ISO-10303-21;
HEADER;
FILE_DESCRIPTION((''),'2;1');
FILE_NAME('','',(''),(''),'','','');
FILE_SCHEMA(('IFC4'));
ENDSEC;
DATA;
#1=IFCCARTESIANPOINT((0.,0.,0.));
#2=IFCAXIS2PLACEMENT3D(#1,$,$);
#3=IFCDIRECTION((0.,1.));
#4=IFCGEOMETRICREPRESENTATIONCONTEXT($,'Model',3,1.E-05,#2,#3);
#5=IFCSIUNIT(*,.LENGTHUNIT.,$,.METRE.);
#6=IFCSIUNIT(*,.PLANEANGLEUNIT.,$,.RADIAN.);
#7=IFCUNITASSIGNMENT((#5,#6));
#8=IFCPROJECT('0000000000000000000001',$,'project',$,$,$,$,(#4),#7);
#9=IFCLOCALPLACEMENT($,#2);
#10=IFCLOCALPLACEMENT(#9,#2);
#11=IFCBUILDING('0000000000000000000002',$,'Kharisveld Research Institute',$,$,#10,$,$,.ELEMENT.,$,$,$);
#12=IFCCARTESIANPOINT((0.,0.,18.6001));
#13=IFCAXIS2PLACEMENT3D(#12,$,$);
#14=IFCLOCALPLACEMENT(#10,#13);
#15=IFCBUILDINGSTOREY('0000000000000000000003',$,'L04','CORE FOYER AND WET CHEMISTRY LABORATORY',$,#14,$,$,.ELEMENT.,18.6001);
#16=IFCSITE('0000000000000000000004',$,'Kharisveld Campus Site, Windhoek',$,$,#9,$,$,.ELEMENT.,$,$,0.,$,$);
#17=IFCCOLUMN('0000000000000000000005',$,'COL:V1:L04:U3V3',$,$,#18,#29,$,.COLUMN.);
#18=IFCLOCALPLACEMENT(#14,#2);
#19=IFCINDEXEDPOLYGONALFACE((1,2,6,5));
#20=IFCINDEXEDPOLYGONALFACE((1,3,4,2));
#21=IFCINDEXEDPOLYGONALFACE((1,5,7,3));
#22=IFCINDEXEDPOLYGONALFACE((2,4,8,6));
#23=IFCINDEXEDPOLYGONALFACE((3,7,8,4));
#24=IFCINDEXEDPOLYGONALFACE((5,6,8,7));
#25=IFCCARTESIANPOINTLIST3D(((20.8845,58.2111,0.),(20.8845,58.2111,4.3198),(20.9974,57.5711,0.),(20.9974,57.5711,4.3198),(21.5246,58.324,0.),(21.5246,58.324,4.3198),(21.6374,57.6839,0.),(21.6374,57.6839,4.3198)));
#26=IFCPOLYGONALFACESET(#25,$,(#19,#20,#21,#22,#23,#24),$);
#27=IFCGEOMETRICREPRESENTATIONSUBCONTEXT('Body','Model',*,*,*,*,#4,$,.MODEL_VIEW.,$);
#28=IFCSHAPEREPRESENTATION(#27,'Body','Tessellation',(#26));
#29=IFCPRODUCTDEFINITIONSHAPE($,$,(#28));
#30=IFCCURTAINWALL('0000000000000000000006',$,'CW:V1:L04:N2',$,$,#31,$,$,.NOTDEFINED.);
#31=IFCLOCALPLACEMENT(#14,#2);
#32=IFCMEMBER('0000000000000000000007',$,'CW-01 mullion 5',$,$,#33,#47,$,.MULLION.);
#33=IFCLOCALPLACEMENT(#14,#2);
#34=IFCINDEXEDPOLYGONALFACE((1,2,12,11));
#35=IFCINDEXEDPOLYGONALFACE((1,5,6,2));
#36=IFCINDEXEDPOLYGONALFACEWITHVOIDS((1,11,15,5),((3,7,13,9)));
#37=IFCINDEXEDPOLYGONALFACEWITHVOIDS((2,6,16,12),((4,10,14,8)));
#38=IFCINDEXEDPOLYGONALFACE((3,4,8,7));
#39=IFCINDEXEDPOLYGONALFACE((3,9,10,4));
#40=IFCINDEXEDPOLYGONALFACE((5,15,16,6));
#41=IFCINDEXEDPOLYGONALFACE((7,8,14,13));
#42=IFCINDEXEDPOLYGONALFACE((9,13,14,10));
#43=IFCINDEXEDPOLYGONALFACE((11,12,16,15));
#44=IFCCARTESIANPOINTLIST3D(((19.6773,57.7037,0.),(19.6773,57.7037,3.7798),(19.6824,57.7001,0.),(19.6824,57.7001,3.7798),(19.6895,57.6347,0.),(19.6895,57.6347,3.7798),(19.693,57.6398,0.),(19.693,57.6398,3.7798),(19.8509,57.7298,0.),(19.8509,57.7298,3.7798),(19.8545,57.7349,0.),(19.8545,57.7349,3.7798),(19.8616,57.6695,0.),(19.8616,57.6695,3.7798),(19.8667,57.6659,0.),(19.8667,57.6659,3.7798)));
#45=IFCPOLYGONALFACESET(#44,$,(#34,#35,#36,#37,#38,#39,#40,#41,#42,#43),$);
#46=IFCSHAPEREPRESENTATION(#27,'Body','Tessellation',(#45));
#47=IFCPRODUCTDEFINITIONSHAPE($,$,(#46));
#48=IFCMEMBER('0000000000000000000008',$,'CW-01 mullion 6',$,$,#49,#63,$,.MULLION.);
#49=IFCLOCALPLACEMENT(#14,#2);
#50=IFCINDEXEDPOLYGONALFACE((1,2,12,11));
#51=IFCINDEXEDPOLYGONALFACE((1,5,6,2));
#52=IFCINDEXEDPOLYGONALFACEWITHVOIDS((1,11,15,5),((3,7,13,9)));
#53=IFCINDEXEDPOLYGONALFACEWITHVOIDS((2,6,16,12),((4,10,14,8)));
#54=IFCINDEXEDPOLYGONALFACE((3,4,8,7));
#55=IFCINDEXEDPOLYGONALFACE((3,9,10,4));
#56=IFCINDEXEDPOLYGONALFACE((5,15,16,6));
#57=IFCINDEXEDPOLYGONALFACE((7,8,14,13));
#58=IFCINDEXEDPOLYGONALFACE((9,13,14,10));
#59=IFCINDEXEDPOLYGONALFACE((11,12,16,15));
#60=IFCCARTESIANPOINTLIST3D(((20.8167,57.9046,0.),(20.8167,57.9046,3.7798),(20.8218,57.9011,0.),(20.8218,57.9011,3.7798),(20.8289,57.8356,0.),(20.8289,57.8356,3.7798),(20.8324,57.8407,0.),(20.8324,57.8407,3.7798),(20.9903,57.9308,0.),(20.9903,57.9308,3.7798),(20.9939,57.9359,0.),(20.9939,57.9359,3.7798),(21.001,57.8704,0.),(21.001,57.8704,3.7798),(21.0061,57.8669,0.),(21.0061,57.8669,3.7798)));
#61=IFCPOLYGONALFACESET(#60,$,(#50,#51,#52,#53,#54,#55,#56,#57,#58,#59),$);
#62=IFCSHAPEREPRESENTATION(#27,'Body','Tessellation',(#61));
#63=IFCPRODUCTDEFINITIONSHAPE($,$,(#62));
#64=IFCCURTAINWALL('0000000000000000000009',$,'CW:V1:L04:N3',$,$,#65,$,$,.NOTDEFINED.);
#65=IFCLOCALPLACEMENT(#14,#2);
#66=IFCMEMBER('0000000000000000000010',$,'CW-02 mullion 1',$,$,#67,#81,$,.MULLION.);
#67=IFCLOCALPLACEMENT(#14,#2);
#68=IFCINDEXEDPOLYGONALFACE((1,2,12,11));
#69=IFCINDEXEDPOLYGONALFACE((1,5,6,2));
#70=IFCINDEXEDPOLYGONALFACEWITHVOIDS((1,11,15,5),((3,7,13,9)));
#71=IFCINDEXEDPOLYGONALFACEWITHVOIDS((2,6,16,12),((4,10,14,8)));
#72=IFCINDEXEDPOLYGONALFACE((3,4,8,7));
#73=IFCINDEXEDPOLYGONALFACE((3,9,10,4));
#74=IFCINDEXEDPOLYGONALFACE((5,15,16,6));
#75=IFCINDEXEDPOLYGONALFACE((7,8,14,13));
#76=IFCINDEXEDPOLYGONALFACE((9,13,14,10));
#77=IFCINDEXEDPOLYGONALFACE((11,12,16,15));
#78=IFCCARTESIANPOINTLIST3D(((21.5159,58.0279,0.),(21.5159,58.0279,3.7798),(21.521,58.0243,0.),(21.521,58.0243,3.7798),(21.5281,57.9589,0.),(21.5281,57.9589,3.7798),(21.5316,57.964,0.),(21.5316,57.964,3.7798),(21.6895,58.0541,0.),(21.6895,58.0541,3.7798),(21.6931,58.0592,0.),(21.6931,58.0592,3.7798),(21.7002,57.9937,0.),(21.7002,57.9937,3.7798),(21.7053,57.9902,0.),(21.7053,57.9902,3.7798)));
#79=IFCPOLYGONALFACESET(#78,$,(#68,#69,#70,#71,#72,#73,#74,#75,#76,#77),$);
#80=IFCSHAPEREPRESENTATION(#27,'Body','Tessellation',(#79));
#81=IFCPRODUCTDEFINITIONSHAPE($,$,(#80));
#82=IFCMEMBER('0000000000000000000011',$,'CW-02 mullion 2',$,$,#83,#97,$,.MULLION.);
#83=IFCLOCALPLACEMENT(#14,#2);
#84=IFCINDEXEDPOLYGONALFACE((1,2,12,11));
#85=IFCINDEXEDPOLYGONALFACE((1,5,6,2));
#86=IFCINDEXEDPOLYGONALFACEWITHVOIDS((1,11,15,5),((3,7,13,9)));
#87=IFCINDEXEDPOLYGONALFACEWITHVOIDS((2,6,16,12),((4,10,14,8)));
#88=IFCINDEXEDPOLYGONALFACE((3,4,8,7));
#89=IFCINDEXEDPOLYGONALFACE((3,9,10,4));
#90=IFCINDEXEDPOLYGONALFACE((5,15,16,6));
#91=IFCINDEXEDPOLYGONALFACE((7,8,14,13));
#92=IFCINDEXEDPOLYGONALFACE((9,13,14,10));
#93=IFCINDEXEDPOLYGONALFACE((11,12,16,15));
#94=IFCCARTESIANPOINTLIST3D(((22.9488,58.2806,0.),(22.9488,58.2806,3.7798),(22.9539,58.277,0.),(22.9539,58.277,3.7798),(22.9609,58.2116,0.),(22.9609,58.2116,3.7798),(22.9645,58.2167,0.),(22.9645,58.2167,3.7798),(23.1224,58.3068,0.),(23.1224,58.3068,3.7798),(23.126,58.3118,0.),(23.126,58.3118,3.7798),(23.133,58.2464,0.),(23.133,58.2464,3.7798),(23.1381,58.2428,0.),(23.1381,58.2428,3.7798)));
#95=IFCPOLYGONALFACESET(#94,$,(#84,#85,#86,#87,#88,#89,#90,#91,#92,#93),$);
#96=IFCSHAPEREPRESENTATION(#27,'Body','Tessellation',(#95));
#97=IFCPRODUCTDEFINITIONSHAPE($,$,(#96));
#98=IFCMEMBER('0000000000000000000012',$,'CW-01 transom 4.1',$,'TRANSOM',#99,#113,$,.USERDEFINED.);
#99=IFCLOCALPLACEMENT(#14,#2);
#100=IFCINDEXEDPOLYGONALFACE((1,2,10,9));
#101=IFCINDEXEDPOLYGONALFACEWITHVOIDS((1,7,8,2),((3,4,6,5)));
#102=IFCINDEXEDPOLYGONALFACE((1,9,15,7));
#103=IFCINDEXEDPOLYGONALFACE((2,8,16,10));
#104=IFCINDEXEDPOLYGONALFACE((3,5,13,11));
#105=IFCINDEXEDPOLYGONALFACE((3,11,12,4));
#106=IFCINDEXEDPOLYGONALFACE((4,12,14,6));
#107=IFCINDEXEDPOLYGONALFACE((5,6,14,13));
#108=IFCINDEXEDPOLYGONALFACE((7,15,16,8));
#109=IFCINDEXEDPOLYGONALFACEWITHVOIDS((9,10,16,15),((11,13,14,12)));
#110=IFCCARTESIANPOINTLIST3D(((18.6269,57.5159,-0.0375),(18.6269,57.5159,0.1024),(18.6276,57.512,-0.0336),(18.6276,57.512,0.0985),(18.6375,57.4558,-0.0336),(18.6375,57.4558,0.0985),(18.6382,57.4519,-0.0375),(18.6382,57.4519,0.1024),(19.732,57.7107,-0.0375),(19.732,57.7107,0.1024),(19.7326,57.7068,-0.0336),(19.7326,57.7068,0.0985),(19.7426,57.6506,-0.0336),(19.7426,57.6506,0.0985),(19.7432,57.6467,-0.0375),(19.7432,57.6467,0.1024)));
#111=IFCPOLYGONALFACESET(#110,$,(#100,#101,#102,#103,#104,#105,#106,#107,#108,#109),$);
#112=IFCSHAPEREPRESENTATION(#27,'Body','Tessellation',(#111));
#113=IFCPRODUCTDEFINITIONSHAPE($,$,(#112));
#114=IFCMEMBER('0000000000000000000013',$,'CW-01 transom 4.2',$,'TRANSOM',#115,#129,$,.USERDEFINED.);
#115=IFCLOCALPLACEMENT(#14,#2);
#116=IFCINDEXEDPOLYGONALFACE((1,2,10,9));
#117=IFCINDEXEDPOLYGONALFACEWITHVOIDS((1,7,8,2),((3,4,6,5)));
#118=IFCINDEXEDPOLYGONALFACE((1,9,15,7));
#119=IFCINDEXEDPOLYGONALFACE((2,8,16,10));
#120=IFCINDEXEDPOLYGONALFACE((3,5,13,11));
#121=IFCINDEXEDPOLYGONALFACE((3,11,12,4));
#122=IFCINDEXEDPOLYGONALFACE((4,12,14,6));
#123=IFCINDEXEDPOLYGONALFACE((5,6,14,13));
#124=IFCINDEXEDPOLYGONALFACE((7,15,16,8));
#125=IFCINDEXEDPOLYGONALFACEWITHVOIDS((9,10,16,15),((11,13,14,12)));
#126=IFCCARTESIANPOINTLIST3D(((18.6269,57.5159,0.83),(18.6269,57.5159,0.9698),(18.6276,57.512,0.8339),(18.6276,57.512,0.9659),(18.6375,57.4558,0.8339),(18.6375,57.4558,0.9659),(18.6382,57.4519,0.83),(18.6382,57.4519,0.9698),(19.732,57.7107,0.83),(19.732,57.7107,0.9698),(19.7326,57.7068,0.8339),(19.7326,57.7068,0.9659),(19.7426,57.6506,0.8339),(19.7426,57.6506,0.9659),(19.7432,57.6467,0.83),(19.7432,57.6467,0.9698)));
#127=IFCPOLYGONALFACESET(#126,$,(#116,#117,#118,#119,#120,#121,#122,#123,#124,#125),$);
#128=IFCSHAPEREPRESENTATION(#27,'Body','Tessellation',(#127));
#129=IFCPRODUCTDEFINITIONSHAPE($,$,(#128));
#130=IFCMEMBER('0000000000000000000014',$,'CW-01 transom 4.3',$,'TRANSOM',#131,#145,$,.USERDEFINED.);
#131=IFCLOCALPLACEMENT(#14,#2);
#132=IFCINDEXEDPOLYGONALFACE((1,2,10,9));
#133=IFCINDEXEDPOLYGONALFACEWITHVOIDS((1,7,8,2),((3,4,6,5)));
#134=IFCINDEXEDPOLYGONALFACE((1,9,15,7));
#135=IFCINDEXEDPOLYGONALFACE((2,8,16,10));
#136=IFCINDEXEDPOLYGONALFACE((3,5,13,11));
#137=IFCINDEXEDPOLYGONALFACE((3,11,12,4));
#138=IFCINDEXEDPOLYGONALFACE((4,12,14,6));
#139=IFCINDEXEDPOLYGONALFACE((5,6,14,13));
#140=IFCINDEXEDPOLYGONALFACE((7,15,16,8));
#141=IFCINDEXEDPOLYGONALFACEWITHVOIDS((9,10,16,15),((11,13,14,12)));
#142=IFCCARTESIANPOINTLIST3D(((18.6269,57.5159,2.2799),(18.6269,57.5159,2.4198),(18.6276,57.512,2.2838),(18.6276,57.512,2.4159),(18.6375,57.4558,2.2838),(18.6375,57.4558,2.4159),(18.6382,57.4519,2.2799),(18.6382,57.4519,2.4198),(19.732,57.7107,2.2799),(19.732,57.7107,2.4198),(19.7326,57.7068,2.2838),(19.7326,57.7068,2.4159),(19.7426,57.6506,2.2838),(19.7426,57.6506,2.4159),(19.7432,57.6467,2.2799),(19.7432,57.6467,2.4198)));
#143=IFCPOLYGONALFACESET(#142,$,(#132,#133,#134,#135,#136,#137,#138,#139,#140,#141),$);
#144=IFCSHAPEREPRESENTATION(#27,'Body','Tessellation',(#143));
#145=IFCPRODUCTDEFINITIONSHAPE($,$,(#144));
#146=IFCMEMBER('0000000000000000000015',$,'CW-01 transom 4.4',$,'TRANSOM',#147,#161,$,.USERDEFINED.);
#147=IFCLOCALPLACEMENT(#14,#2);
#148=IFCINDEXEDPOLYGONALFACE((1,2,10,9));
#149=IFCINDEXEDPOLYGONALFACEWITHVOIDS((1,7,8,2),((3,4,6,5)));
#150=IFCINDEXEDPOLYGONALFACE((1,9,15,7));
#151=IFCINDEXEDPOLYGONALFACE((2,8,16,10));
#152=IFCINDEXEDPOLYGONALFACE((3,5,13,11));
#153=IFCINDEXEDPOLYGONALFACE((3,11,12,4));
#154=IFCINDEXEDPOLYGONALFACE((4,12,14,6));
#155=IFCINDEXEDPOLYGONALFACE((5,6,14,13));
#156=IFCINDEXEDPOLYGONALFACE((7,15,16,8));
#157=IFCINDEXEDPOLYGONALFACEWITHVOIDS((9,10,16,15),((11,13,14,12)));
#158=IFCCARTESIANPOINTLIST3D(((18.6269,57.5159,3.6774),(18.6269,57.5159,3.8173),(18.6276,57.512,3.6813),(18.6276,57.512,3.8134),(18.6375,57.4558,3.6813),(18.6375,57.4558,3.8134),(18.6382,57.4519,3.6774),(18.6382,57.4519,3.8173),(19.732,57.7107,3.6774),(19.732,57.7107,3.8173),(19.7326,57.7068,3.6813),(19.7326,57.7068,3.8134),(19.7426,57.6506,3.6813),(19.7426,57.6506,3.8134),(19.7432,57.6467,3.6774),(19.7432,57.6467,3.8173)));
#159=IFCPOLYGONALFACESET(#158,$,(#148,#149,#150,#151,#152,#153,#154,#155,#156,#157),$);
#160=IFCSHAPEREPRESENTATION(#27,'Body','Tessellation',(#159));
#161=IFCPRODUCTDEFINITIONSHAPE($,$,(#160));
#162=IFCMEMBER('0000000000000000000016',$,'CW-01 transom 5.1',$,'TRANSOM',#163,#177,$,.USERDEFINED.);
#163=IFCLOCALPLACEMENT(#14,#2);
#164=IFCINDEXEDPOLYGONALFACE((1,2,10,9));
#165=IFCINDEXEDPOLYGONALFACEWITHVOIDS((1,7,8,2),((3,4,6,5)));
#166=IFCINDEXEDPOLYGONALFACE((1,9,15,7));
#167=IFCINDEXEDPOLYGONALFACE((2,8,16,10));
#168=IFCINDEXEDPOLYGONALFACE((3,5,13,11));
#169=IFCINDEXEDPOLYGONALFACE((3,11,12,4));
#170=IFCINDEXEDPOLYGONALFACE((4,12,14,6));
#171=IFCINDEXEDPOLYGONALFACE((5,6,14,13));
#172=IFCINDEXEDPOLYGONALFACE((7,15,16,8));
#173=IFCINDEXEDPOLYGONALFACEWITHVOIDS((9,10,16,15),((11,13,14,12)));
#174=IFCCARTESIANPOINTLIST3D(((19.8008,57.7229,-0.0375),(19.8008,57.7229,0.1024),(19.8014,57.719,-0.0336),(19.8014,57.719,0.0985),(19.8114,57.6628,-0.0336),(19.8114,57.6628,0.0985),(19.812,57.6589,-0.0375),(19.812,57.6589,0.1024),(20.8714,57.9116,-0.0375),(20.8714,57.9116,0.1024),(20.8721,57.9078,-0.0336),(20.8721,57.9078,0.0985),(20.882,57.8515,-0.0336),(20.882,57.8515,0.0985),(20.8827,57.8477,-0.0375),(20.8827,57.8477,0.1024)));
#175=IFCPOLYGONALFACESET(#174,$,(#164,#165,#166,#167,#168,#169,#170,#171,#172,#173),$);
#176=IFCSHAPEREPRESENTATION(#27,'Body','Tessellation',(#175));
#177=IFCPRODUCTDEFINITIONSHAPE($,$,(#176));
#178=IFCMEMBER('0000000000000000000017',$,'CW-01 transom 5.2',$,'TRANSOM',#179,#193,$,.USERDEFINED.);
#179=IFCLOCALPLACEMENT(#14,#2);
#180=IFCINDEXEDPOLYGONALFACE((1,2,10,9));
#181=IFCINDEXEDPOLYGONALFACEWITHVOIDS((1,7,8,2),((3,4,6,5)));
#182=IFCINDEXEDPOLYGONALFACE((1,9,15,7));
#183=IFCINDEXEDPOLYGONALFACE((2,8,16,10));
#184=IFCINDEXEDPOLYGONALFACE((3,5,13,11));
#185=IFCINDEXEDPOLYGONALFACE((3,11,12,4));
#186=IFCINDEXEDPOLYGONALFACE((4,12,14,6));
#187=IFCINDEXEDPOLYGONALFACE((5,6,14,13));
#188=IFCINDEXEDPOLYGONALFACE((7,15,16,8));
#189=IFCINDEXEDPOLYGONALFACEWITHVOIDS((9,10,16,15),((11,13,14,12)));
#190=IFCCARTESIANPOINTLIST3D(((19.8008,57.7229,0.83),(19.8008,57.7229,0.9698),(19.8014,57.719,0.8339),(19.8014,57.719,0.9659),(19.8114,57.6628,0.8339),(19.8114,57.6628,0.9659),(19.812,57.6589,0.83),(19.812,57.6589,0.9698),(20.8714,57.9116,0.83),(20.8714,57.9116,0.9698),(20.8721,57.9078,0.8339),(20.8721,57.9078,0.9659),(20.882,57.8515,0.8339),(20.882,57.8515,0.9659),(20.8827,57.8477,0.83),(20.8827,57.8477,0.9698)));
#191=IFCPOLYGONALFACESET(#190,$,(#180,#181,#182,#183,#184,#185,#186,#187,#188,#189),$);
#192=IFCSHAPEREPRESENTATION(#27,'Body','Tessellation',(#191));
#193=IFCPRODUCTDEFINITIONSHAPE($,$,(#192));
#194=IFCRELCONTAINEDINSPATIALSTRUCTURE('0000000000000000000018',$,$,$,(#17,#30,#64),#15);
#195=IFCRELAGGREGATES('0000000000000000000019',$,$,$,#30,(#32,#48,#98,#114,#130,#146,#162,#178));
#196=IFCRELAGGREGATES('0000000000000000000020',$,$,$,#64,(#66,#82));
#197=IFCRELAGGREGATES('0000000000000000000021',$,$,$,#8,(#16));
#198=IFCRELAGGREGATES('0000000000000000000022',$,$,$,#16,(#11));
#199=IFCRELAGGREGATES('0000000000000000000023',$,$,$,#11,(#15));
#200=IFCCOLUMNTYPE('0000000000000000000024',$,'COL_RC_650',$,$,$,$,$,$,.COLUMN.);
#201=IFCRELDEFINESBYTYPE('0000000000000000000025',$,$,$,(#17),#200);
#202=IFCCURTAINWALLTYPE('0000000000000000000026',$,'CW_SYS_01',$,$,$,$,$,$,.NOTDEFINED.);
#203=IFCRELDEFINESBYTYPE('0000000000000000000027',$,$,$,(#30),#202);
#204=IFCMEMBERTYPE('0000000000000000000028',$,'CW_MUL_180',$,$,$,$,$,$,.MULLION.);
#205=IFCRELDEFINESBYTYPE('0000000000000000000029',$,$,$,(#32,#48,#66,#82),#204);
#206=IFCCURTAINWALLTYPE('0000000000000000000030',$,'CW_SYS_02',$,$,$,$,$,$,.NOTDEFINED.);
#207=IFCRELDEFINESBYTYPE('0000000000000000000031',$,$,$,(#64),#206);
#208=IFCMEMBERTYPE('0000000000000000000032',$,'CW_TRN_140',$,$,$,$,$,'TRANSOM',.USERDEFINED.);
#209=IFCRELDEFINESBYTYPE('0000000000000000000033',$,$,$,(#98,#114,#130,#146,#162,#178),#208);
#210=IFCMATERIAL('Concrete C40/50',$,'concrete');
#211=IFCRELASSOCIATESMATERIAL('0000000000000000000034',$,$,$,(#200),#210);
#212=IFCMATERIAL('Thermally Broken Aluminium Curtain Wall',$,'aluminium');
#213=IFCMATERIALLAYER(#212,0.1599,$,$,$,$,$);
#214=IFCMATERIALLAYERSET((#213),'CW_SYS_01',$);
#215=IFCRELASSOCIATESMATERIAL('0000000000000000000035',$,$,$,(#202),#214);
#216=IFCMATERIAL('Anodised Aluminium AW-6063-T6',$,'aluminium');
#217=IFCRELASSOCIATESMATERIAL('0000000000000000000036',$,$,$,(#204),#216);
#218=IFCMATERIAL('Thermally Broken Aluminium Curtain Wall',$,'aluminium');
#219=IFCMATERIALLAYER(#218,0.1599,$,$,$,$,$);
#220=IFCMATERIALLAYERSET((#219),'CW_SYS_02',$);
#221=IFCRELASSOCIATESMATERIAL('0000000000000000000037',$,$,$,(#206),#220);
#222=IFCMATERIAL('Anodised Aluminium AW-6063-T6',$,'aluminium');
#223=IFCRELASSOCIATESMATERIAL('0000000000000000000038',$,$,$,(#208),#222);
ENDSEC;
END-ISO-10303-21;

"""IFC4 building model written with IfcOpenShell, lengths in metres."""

from ifc_helpers import new_model, si_unit, direction, frame, origin, origin_2d, place, context, subcontext, project, spatial, rectangle, hollow_rectangle, extrude, material, layer, layer_set, material_profile, profile_set, type_object, element, aggregate, save


model = new_model("IFC4")

# Units and contexts
model_context = context("Model", 3, precision=1e-05, world=origin(), true_north=direction((0.0, 1.0)))
body_context = subcontext(model_context, "Body", "Model", "MODEL_VIEW")
ifc_project = project(units=[si_unit("LENGTHUNIT", "METRE"), si_unit("PLANEANGLEUNIT", "RADIAN")], contexts=[model_context])

# Site, building, storey
site_placement = place(None, origin())
site = spatial("IfcSite", under=ifc_project, at=site_placement, Name="Kharisveld Campus Site, Windhoek", CompositionType="ELEMENT", RefElevation=0.0)
building_placement = place(site_placement, origin())
building = spatial("IfcBuilding", under=site, at=building_placement, Name="Kharisveld Research Institute", CompositionType="ELEMENT")
storey_placement = place(building_placement, frame((0.0, 0.0, 18.6001)))
storey = spatial("IfcBuildingStorey", under=building, at=storey_placement, Name="L04", Description="CORE FOYER AND WET CHEMISTRY LABORATORY", CompositionType="ELEMENT", Elevation=18.6001)

# Column
ifc_material_1 = material(Name="Concrete C40/50", Category="concrete")
ifc_material_profile_1 = material_profile(ifc_material_1, rectangle(XDim=0.6499, YDim=0.6499, at=origin_2d()))
ifc_profile_set_1 = profile_set([ifc_material_profile_1], Name="Concrete C40/50")
column_type = type_object("IfcColumnType", Name="COL_RC_650", PredefinedType="COLUMN", material=ifc_profile_set_1)
column_placement = place(storey_placement, frame((21.261, 57.9475, 0.0), z_axis=(0.0, 0.0, 1.0), x_axis=(0.984808, 0.173648, 0.0)))
element("IfcColumn", 1, at=column_placement, inside=storey, type_object=column_type, Name="COL:V1:L04:U3V3", PredefinedType="COLUMN", context=body_context, shape_type="SweptSolid", body=[
    extrude(rectangle(XDim=0.6499, YDim=0.6499, at=origin_2d()), origin(), (0.0, 0.0, 1.0), 4.3198),
])

# Curtain walls, members
ifc_material_2 = material(Name="Thermally Broken Aluminium Curtain Wall", Category="aluminium")
ifc_layer_1 = layer(ifc_material_2, 0.1599)
ifc_layer_set_1 = layer_set([ifc_layer_1], Name="CW_SYS_01")
curtain_wall_type_1 = type_object("IfcCurtainWallType", Name="CW_SYS_01", PredefinedType="NOTDEFINED", material=ifc_layer_set_1)
curtain_wall_1_placement = place(storey_placement, origin())
curtain_wall_1 = element("IfcCurtainWall", 2, at=curtain_wall_1_placement, inside=storey, type_object=curtain_wall_type_1, Name="CW:V1:L04:N2", PredefinedType="NOTDEFINED")
ifc_material_3 = material(Name="Anodised Aluminium AW-6063-T6", Category="aluminium")
ifc_material_profile_2 = material_profile(ifc_material_3, hollow_rectangle(XDim=0.0701, YDim=0.1799, WallThickness=0.0044, at=origin_2d()))
ifc_profile_set_2 = profile_set([ifc_material_profile_2], Name="Anodised Aluminium AW-6063-T6")
member_type_1 = type_object("IfcMemberType", Name="CW_MUL_180", PredefinedType="MULLION", material=ifc_profile_set_2)
member_1_placement = place(storey_placement, frame((19.772, 57.6848, 0.0), z_axis=(0.0, 0.0, 1.0), x_axis=(-0.173648, 0.984808, 0.0)))
member_1 = element("IfcMember", 3, at=member_1_placement, type_object=member_type_1, Name="CW-01 mullion 5", PredefinedType="MULLION", context=body_context, shape_type="SweptSolid", body=[
    extrude(hollow_rectangle(XDim=0.0701, YDim=0.1799, WallThickness=0.0044, at=origin_2d()), origin(), (0.0, 0.0, 1.0), 3.7798),
])
member_2_placement = place(storey_placement, frame((20.9114, 57.8857, 0.0), z_axis=(0.0, 0.0, 1.0), x_axis=(-0.173648, 0.984808, 0.0)))
member_2 = element("IfcMember", 4, at=member_2_placement, type_object=member_type_1, Name="CW-01 mullion 6", PredefinedType="MULLION", context=body_context, shape_type="SweptSolid", body=[
    extrude(hollow_rectangle(XDim=0.0701, YDim=0.1799, WallThickness=0.0044, at=origin_2d()), origin(), (0.0, 0.0, 1.0), 3.7798),
])
ifc_material_4 = material(Name="Thermally Broken Aluminium Curtain Wall", Category="aluminium")
ifc_layer_2 = layer(ifc_material_4, 0.1599)
ifc_layer_set_2 = layer_set([ifc_layer_2], Name="CW_SYS_02")
curtain_wall_type_2 = type_object("IfcCurtainWallType", Name="CW_SYS_02", PredefinedType="NOTDEFINED", material=ifc_layer_set_2)
curtain_wall_2_placement = place(storey_placement, origin())
curtain_wall_2 = element("IfcCurtainWall", 5, at=curtain_wall_2_placement, inside=storey, type_object=curtain_wall_type_2, Name="CW:V1:L04:N3", PredefinedType="NOTDEFINED")
member_3_placement = place(storey_placement, frame((21.6106, 58.009, 0.0), z_axis=(0.0, 0.0, 1.0), x_axis=(-0.173648, 0.984808, 0.0)))
member_3 = element("IfcMember", 6, at=member_3_placement, type_object=member_type_1, Name="CW-02 mullion 1", PredefinedType="MULLION", context=body_context, shape_type="SweptSolid", body=[
    extrude(hollow_rectangle(XDim=0.0701, YDim=0.1799, WallThickness=0.0044, at=origin_2d()), origin(), (0.0, 0.0, 1.0), 3.7798),
])
member_4_placement = place(storey_placement, frame((23.0435, 58.2617, 0.0), z_axis=(0.0, 0.0, 1.0), x_axis=(-0.173648, 0.984808, 0.0)))
member_4 = element("IfcMember", 7, at=member_4_placement, type_object=member_type_1, Name="CW-02 mullion 2", PredefinedType="MULLION", context=body_context, shape_type="SweptSolid", body=[
    extrude(hollow_rectangle(XDim=0.0701, YDim=0.1799, WallThickness=0.0044, at=origin_2d()), origin(), (0.0, 0.0, 1.0), 3.7798),
])

# Members
ifc_material_5 = material(Name="Anodised Aluminium AW-6063-T6", Category="aluminium")
ifc_material_profile_3 = material_profile(ifc_material_5, hollow_rectangle(XDim=0.0649, YDim=0.1399, WallThickness=0.0039, at=origin_2d()))
ifc_profile_set_3 = profile_set([ifc_material_profile_3], Name="Anodised Aluminium AW-6063-T6")
member_type_2 = type_object("IfcMemberType", Name="CW_TRN_140", ElementType="TRANSOM", PredefinedType="USERDEFINED", material=ifc_profile_set_3)
member_5_placement = place(storey_placement, frame((18.6326, 57.4839, 0.0325), z_axis=(0.98481, 0.173636, 0.0), x_axis=(-0.173636, 0.98481, 0.0)))
member_5 = element("IfcMember", 8, at=member_5_placement, type_object=member_type_2, Name="CW-01 transom 4.1", ObjectType="TRANSOM", PredefinedType="USERDEFINED", context=body_context, shape_type="SweptSolid", body=[
    extrude(hollow_rectangle(XDim=0.0649, YDim=0.1399, WallThickness=0.0039, at=origin_2d()), origin(), (0.0, 0.0, 1.0), 1.1221),
])
member_6_placement = place(storey_placement, frame((18.6326, 57.4839, 0.8999), z_axis=(0.98481, 0.173636, 0.0), x_axis=(-0.173636, 0.98481, 0.0)))
member_6 = element("IfcMember", 9, at=member_6_placement, type_object=member_type_2, Name="CW-01 transom 4.2", ObjectType="TRANSOM", PredefinedType="USERDEFINED", context=body_context, shape_type="SweptSolid", body=[
    extrude(hollow_rectangle(XDim=0.0649, YDim=0.1399, WallThickness=0.0039, at=origin_2d()), origin(), (0.0, 0.0, 1.0), 1.1221),
])
member_7_placement = place(storey_placement, frame((18.6326, 57.4839, 2.3499), z_axis=(0.98481, 0.173636, 0.0), x_axis=(-0.173636, 0.98481, 0.0)))
member_7 = element("IfcMember", 10, at=member_7_placement, type_object=member_type_2, Name="CW-01 transom 4.3", ObjectType="TRANSOM", PredefinedType="USERDEFINED", context=body_context, shape_type="SweptSolid", body=[
    extrude(hollow_rectangle(XDim=0.0649, YDim=0.1399, WallThickness=0.0039, at=origin_2d()), origin(), (0.0, 0.0, 1.0), 1.1221),
])
member_8_placement = place(storey_placement, frame((18.6326, 57.4839, 3.7473), z_axis=(0.98481, 0.173636, 0.0), x_axis=(-0.173636, 0.98481, 0.0)))
member_8 = element("IfcMember", 11, at=member_8_placement, type_object=member_type_2, Name="CW-01 transom 4.4", ObjectType="TRANSOM", PredefinedType="USERDEFINED", context=body_context, shape_type="SweptSolid", body=[
    extrude(hollow_rectangle(XDim=0.0649, YDim=0.1399, WallThickness=0.0039, at=origin_2d()), origin(), (0.0, 0.0, 1.0), 1.1221),
])
member_9_placement = place(storey_placement, frame((19.8064, 57.6909, 0.0325), z_axis=(0.984815, 0.173606, 0.0), x_axis=(-0.173606, 0.984815, 0.0)))
member_9 = element("IfcMember", 12, at=member_9_placement, type_object=member_type_2, Name="CW-01 transom 5.1", ObjectType="TRANSOM", PredefinedType="USERDEFINED", context=body_context, shape_type="SweptSolid", body=[
    extrude(hollow_rectangle(XDim=0.0649, YDim=0.1399, WallThickness=0.0039, at=origin_2d()), origin(), (0.0, 0.0, 1.0), 1.0872),
])
member_10_placement = place(storey_placement, frame((19.8064, 57.6909, 0.8999), z_axis=(0.984815, 0.173606, 0.0), x_axis=(-0.173606, 0.984815, 0.0)))
member_10 = element("IfcMember", 13, at=member_10_placement, type_object=member_type_2, Name="CW-01 transom 5.2", ObjectType="TRANSOM", PredefinedType="USERDEFINED", context=body_context, shape_type="SweptSolid", body=[
    extrude(hollow_rectangle(XDim=0.0649, YDim=0.1399, WallThickness=0.0039, at=origin_2d()), origin(), (0.0, 0.0, 1.0), 1.0872),
])

aggregate(curtain_wall_1, [member_1, member_2, member_5, member_6, member_7, member_8, member_9, member_10])
aggregate(curtain_wall_2, [member_3, member_4])

save(model, "model.ifc")
